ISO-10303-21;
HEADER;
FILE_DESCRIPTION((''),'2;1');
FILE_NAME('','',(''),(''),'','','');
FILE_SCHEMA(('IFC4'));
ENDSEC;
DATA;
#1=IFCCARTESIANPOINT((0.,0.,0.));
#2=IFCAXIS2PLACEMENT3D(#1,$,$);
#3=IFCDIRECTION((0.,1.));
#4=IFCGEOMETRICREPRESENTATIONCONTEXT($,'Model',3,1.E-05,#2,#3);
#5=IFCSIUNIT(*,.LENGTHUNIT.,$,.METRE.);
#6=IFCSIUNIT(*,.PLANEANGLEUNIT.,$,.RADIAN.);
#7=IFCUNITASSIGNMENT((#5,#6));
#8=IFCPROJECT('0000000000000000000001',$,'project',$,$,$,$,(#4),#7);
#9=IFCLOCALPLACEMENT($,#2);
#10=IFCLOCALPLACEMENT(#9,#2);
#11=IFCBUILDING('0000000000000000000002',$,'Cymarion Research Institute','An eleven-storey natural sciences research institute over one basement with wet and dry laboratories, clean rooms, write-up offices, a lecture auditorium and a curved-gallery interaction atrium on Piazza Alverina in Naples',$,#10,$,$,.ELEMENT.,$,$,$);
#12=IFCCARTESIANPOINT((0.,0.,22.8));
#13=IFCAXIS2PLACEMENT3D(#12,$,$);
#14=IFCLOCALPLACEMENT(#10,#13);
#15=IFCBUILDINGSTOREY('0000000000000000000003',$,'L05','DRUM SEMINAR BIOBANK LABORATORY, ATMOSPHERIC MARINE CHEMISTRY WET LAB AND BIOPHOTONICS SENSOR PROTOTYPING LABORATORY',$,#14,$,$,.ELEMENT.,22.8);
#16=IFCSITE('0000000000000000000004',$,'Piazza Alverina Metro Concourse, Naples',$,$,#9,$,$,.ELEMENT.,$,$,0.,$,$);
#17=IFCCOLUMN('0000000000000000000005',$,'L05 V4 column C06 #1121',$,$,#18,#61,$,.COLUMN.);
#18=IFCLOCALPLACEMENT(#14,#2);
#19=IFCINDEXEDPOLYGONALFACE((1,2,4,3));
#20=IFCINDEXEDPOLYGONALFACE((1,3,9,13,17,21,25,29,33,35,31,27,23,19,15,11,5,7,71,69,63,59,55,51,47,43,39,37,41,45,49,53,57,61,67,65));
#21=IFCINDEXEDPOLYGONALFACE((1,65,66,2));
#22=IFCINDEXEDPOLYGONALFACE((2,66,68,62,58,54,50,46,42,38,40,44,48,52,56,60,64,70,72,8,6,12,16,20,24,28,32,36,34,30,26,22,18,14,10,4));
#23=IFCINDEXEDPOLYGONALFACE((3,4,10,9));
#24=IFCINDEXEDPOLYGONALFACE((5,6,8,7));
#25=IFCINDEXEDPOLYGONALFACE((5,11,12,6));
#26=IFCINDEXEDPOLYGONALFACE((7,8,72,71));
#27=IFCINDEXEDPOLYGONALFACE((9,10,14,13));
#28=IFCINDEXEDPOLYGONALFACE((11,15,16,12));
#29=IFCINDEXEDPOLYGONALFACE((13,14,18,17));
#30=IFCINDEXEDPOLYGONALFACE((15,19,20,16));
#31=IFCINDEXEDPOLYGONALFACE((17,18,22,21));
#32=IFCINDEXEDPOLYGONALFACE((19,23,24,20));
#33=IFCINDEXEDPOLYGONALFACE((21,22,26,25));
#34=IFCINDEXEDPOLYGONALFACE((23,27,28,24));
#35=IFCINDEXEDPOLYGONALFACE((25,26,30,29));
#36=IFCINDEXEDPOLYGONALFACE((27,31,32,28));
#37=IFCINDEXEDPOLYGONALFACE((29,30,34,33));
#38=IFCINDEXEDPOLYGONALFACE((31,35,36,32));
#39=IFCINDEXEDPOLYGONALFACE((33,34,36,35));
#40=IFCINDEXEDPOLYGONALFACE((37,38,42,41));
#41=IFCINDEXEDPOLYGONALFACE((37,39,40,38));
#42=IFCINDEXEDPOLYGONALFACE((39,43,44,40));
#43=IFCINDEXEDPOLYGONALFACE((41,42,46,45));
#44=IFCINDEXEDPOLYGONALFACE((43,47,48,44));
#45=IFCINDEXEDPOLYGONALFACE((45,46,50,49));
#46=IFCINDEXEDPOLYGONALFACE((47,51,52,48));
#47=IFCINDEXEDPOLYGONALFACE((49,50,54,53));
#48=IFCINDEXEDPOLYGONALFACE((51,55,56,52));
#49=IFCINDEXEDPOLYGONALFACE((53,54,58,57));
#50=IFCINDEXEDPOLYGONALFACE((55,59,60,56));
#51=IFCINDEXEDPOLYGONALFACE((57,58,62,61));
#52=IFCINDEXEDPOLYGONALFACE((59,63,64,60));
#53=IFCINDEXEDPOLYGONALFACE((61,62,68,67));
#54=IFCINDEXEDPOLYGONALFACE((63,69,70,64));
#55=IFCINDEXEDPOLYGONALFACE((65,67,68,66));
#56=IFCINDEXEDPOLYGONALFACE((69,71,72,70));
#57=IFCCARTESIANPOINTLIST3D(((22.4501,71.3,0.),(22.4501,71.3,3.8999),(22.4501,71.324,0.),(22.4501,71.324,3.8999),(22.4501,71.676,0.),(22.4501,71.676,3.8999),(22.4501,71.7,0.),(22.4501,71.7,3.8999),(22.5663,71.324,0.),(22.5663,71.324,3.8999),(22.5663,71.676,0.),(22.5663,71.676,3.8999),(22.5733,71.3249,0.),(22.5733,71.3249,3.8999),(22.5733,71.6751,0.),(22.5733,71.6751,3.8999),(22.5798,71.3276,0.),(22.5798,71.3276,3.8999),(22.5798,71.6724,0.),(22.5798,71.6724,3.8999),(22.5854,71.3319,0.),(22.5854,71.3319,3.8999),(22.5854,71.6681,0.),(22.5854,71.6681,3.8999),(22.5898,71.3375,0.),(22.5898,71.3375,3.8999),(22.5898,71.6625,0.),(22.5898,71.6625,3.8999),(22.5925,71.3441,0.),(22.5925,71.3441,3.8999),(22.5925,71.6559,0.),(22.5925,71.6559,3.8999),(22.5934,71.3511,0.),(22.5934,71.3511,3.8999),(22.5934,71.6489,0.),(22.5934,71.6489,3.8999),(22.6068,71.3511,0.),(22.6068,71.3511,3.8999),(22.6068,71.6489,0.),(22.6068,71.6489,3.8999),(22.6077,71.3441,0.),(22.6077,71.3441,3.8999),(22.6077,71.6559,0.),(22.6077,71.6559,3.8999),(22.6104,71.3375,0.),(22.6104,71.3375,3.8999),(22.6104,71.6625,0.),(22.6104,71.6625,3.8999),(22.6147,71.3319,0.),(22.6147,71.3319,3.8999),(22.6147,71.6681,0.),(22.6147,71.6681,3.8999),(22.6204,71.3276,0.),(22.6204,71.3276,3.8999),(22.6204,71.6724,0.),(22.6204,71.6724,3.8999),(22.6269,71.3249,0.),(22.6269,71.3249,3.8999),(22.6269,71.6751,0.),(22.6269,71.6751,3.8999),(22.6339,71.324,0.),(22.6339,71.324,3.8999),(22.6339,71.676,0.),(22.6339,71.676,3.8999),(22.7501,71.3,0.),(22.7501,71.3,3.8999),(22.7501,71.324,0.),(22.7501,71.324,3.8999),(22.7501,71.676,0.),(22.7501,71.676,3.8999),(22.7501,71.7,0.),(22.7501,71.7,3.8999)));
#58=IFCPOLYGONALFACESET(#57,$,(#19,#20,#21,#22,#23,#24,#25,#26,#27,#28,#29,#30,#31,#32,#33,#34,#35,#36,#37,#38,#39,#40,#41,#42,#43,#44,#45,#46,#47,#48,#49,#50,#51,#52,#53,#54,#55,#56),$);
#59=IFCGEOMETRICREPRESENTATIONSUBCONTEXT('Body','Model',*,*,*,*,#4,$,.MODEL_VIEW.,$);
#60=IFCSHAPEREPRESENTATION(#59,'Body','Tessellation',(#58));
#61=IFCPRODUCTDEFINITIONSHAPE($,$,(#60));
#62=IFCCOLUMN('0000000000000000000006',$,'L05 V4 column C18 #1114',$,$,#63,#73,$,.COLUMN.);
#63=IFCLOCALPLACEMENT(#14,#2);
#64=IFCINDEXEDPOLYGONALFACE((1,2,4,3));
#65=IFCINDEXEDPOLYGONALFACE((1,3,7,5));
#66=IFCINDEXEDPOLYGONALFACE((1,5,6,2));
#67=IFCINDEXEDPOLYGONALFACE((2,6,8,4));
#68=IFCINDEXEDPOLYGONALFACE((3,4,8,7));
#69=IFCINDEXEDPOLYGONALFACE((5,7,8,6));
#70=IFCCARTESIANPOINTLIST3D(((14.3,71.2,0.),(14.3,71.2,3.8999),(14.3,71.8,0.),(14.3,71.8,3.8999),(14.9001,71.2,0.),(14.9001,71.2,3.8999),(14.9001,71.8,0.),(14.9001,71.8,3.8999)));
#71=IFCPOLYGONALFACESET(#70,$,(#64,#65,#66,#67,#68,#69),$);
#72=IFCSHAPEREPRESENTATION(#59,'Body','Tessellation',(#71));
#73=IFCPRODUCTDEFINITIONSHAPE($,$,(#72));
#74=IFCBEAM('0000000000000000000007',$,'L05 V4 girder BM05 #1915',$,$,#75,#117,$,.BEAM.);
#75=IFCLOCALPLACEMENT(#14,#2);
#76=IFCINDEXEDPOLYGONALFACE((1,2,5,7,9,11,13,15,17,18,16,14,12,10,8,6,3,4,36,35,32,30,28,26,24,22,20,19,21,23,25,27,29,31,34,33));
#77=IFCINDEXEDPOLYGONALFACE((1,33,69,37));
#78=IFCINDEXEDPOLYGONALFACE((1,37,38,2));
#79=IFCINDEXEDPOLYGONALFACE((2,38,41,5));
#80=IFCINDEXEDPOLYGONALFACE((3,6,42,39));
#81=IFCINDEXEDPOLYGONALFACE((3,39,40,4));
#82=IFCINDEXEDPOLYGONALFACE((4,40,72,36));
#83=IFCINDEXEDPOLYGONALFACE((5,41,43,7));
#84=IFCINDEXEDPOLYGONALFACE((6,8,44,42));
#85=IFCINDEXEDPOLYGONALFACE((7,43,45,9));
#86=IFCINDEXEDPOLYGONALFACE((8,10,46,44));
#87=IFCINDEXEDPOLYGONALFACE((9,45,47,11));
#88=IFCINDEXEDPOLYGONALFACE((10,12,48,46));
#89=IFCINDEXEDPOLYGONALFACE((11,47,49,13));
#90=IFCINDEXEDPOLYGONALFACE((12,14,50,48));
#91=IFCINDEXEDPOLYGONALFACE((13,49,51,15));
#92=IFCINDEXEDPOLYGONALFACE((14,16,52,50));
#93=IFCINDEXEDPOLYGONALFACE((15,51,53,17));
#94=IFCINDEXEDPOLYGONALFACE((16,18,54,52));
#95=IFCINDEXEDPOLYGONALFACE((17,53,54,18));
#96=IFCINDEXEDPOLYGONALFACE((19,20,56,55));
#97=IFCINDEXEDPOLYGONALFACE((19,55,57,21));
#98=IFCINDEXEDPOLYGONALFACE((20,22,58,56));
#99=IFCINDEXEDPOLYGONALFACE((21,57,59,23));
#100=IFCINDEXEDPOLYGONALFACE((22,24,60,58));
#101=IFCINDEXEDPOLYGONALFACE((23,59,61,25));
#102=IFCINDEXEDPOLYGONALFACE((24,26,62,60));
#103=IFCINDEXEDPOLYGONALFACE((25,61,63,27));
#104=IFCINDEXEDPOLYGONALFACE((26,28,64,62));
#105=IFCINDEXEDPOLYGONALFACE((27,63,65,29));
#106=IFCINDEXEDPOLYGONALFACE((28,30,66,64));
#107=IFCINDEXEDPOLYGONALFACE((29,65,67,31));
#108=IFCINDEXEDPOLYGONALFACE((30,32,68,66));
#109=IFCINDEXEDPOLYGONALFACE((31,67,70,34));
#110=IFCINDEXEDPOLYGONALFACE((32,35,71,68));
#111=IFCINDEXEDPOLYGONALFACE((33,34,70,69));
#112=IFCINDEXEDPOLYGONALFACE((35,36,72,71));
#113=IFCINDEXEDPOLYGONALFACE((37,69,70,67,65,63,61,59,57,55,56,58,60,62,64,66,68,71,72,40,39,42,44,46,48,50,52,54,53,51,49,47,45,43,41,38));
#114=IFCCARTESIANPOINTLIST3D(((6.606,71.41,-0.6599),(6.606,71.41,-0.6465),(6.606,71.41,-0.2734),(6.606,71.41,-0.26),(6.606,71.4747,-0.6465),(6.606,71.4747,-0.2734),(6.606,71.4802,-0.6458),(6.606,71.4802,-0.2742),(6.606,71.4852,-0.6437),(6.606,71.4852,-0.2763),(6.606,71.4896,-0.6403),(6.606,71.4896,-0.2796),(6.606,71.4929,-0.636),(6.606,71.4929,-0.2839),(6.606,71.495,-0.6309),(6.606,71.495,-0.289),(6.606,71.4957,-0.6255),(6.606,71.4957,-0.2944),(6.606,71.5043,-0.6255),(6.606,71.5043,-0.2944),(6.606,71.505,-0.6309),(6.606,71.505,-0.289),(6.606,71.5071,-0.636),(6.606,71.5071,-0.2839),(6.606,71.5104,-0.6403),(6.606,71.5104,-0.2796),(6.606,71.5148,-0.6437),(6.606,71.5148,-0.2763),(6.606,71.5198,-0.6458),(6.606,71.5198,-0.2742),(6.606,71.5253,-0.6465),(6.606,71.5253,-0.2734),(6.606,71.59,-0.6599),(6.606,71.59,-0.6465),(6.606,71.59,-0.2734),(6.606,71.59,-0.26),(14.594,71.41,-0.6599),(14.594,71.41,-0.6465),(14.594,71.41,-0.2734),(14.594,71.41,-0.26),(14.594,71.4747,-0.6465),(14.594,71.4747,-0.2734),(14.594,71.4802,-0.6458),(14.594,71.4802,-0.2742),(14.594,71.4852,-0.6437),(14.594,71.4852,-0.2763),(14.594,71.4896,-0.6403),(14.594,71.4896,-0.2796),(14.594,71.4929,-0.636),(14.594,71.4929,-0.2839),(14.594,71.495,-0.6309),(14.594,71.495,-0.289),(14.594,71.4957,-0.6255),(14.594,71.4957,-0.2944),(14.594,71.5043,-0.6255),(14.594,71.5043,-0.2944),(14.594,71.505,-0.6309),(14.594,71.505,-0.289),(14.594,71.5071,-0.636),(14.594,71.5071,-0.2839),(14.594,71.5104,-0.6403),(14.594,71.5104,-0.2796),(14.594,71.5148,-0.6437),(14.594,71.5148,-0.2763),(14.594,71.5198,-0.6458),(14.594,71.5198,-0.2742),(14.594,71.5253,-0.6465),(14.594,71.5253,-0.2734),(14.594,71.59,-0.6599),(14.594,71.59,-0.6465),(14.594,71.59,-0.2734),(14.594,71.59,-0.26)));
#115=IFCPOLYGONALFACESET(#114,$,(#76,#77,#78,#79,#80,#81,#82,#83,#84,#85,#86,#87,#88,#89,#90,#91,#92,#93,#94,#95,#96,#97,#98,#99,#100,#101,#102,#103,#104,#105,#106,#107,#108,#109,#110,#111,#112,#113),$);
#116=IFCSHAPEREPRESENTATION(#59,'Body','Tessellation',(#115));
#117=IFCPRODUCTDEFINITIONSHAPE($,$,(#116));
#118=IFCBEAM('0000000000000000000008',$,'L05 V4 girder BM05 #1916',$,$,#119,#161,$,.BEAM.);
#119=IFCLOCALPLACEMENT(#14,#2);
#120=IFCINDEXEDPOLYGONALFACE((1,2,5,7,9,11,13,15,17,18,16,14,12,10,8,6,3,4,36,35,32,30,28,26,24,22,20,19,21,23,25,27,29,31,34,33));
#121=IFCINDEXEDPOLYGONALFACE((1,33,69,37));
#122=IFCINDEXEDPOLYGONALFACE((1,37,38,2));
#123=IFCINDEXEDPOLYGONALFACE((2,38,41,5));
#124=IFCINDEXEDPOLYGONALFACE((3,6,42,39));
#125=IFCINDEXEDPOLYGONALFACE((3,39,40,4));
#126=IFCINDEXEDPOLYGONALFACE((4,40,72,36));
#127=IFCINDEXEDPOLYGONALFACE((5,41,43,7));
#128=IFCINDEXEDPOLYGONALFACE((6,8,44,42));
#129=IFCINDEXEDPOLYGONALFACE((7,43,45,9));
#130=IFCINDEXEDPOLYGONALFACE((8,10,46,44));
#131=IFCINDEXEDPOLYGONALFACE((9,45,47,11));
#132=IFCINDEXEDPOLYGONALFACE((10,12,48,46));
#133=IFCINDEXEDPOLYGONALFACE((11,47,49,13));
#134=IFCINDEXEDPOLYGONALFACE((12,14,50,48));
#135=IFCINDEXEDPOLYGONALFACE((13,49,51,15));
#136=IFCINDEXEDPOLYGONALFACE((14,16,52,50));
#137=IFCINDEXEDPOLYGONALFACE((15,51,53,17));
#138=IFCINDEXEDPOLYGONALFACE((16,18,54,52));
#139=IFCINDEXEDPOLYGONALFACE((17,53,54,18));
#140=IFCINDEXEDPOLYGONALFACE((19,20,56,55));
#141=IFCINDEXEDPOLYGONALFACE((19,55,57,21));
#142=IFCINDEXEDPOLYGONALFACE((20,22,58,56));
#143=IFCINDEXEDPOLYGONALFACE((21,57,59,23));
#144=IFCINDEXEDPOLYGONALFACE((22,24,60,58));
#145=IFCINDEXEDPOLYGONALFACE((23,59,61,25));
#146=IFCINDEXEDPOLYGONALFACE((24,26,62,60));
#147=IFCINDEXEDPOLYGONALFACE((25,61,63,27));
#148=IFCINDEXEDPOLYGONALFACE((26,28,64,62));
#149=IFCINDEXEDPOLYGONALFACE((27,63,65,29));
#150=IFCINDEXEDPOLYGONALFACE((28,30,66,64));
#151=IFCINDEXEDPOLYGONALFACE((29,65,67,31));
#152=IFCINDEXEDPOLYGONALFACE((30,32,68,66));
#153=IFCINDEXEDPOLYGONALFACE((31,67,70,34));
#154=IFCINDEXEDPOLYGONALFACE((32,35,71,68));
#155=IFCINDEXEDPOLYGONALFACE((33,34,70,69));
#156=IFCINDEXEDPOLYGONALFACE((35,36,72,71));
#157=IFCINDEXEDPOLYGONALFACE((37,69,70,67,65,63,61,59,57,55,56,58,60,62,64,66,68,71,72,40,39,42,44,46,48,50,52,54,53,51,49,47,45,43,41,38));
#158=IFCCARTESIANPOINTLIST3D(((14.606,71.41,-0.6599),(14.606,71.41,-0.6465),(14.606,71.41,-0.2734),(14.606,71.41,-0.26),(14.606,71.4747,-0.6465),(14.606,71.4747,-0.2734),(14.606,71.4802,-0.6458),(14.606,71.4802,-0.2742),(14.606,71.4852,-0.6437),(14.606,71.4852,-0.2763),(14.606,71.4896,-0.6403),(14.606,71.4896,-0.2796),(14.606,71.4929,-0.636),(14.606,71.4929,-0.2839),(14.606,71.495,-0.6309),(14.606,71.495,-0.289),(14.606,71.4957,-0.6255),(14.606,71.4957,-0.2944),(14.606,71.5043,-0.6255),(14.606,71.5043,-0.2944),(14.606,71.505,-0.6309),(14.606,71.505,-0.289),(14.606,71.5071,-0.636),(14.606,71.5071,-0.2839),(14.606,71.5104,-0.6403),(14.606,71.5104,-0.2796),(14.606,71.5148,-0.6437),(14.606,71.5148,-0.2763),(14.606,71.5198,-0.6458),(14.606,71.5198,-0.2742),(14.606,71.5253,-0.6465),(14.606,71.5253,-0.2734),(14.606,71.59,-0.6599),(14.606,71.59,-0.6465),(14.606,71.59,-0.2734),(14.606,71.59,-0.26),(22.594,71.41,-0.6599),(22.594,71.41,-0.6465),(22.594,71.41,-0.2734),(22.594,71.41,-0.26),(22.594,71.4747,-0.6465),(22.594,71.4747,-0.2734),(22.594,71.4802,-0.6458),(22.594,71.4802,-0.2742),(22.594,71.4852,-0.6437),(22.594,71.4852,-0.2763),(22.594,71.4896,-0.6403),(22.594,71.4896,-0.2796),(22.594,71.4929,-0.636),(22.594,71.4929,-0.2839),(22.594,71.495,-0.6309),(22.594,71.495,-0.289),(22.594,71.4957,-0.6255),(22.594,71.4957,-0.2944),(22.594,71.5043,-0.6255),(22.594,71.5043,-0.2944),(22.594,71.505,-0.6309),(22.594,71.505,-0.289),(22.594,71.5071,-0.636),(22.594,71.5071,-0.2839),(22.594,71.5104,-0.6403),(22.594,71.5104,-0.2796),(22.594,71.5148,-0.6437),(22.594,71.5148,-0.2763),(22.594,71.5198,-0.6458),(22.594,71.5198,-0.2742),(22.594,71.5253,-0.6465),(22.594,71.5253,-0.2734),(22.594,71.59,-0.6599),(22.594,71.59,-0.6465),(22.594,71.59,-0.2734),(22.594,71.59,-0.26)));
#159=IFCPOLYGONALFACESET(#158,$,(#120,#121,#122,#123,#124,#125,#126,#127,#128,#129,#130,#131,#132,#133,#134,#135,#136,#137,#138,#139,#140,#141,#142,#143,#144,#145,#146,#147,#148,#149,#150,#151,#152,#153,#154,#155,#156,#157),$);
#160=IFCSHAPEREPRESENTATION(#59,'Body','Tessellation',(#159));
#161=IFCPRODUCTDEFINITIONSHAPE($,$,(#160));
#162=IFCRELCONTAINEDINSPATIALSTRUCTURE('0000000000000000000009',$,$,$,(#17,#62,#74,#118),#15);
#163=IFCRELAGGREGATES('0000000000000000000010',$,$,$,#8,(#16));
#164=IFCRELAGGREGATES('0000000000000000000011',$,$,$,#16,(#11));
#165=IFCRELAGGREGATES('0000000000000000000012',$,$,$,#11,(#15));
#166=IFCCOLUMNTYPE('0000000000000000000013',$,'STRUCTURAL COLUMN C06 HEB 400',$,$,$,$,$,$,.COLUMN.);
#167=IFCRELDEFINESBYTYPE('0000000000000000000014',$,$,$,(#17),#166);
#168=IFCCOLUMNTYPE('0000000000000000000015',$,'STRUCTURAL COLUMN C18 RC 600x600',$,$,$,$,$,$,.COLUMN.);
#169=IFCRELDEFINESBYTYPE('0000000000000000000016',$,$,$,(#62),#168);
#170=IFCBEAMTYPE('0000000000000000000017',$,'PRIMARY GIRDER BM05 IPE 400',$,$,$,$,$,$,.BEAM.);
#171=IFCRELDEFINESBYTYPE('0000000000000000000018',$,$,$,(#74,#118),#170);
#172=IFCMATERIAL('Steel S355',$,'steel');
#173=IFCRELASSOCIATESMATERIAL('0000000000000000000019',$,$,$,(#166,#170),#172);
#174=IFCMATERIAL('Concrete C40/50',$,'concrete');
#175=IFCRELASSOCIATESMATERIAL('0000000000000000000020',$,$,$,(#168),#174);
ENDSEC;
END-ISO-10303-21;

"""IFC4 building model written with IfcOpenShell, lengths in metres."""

from ifc_helpers import new_model, si_unit, direction, frame, origin, origin_2d, place, context, subcontext, project, spatial, rectangle, i_section, extrude, material, material_profile, profile_set, type_object, element, save


model = new_model("IFC4")

# Units and contexts
model_context = context("Model", 3, precision=1e-05, world=origin(), true_north=direction((0.0, 1.0)))
body_context = subcontext(model_context, "Body", "Model", "MODEL_VIEW")
ifc_project = project(units=[si_unit("LENGTHUNIT", "METRE"), si_unit("PLANEANGLEUNIT", "RADIAN")], contexts=[model_context])

# Site, building, storey
site_placement = place(None, origin())
site = spatial("IfcSite", under=ifc_project, at=site_placement, Name="Piazza Alverina Metro Concourse, Naples", CompositionType="ELEMENT", RefElevation=0.0)
building_placement = place(site_placement, origin())
building = spatial("IfcBuilding", under=site, at=building_placement, Name="Cymarion Research Institute", Description="An eleven-storey natural sciences research institute over one basement with wet and dry laboratories, clean rooms, write-up offices, a lecture auditorium and a curved-gallery interaction atrium on Piazza Alverina in Naples", CompositionType="ELEMENT")
storey_placement = place(building_placement, frame((0.0, 0.0, 22.8)))
storey = spatial("IfcBuildingStorey", under=building, at=storey_placement, Name="L05", Description="DRUM SEMINAR BIOBANK LABORATORY, ATMOSPHERIC MARINE CHEMISTRY WET LAB AND BIOPHOTONICS SENSOR PROTOTYPING LABORATORY", CompositionType="ELEMENT", Elevation=22.8)

# Columns
ifc_material_1 = material(Name="Steel S355", Category="steel")
ifc_material_profile_1 = material_profile(ifc_material_1, i_section(OverallWidth=0.3, OverallDepth=0.3999, WebThickness=0.0134, FlangeThickness=0.0239, FilletRadius=0.0271, at=origin_2d()), Name="HEB 400")
ifc_profile_set_1 = profile_set([ifc_material_profile_1], Name="Steel S355")
column_type_1 = type_object("IfcColumnType", Name="STRUCTURAL COLUMN C06 HEB 400", PredefinedType="COLUMN", material=ifc_profile_set_1)
column_1_placement = place(storey_placement, frame((22.6001, 71.5, 0.0), z_axis=(0.0, 0.0, 1.0), x_axis=(1.0, 0.0, 0.0)))
element("IfcColumn", 1, at=column_1_placement, inside=storey, type_object=column_type_1, Name="L05 V4 column C06 #1121", PredefinedType="COLUMN", context=body_context, shape_type="SweptSolid", body=[
    extrude(i_section(OverallWidth=0.3, OverallDepth=0.3999, WebThickness=0.0134, FlangeThickness=0.0239, FilletRadius=0.0271, at=origin_2d()), origin(), (0.0, 0.0, 1.0), 3.8999),
])
ifc_material_2 = material(Name="Concrete C40/50", Category="concrete")
ifc_material_profile_2 = material_profile(ifc_material_2, rectangle(XDim=0.6001, YDim=0.6001, at=origin_2d()), Name="RC 600x600")
ifc_profile_set_2 = profile_set([ifc_material_profile_2], Name="Concrete C40/50")
column_type_2 = type_object("IfcColumnType", Name="STRUCTURAL COLUMN C18 RC 600x600", PredefinedType="COLUMN", material=ifc_profile_set_2)
column_2_placement = place(storey_placement, frame((14.6001, 71.5, 0.0), z_axis=(0.0, 0.0, 1.0), x_axis=(1.0, 0.0, 0.0)))
element("IfcColumn", 2, at=column_2_placement, inside=storey, type_object=column_type_2, Name="L05 V4 column C18 #1114", PredefinedType="COLUMN", context=body_context, shape_type="SweptSolid", body=[
    extrude(rectangle(XDim=0.6001, YDim=0.6001, at=origin_2d()), origin(), (0.0, 0.0, 1.0), 3.8999),
])

# Beams
ifc_material_profile_3 = material_profile(ifc_material_1, i_section(OverallWidth=0.1799, OverallDepth=0.3999, WebThickness=0.0085, FlangeThickness=0.0134, FilletRadius=0.021, at=origin_2d()), Name="IPE 400")
ifc_profile_set_3 = profile_set([ifc_material_profile_3], Name="Steel S355")
beam_type_1 = type_object("IfcBeamType", Name="PRIMARY GIRDER BM05 IPE 400", PredefinedType="BEAM", material=ifc_profile_set_3)
for number, where, z_axis, x_axis, name in (
    (3, (6.606, 71.5, -0.46), (1.0, 0.0, 0.0), (0.0, 1.0, 0.0), "L05 V4 girder BM05 #1915"),
    (4, (14.606, 71.5, -0.46), (1.0, 0.0, 0.0), (0.0, 1.0, 0.0), "L05 V4 girder BM05 #1916"),
):
    element("IfcBeam", number, at=place(storey_placement, frame(where, z_axis=z_axis, x_axis=x_axis)), inside=storey, type_object=beam_type_1, Name=name, PredefinedType="BEAM", context=body_context, shape_type="SweptSolid", body=[
        extrude(i_section(OverallWidth=0.1799, OverallDepth=0.3999, WebThickness=0.0085, FlangeThickness=0.0134, FilletRadius=0.021, at=origin_2d()), origin(), (0.0, 0.0, 1.0), 7.988),
    ])

save(model, "model.ifc")
